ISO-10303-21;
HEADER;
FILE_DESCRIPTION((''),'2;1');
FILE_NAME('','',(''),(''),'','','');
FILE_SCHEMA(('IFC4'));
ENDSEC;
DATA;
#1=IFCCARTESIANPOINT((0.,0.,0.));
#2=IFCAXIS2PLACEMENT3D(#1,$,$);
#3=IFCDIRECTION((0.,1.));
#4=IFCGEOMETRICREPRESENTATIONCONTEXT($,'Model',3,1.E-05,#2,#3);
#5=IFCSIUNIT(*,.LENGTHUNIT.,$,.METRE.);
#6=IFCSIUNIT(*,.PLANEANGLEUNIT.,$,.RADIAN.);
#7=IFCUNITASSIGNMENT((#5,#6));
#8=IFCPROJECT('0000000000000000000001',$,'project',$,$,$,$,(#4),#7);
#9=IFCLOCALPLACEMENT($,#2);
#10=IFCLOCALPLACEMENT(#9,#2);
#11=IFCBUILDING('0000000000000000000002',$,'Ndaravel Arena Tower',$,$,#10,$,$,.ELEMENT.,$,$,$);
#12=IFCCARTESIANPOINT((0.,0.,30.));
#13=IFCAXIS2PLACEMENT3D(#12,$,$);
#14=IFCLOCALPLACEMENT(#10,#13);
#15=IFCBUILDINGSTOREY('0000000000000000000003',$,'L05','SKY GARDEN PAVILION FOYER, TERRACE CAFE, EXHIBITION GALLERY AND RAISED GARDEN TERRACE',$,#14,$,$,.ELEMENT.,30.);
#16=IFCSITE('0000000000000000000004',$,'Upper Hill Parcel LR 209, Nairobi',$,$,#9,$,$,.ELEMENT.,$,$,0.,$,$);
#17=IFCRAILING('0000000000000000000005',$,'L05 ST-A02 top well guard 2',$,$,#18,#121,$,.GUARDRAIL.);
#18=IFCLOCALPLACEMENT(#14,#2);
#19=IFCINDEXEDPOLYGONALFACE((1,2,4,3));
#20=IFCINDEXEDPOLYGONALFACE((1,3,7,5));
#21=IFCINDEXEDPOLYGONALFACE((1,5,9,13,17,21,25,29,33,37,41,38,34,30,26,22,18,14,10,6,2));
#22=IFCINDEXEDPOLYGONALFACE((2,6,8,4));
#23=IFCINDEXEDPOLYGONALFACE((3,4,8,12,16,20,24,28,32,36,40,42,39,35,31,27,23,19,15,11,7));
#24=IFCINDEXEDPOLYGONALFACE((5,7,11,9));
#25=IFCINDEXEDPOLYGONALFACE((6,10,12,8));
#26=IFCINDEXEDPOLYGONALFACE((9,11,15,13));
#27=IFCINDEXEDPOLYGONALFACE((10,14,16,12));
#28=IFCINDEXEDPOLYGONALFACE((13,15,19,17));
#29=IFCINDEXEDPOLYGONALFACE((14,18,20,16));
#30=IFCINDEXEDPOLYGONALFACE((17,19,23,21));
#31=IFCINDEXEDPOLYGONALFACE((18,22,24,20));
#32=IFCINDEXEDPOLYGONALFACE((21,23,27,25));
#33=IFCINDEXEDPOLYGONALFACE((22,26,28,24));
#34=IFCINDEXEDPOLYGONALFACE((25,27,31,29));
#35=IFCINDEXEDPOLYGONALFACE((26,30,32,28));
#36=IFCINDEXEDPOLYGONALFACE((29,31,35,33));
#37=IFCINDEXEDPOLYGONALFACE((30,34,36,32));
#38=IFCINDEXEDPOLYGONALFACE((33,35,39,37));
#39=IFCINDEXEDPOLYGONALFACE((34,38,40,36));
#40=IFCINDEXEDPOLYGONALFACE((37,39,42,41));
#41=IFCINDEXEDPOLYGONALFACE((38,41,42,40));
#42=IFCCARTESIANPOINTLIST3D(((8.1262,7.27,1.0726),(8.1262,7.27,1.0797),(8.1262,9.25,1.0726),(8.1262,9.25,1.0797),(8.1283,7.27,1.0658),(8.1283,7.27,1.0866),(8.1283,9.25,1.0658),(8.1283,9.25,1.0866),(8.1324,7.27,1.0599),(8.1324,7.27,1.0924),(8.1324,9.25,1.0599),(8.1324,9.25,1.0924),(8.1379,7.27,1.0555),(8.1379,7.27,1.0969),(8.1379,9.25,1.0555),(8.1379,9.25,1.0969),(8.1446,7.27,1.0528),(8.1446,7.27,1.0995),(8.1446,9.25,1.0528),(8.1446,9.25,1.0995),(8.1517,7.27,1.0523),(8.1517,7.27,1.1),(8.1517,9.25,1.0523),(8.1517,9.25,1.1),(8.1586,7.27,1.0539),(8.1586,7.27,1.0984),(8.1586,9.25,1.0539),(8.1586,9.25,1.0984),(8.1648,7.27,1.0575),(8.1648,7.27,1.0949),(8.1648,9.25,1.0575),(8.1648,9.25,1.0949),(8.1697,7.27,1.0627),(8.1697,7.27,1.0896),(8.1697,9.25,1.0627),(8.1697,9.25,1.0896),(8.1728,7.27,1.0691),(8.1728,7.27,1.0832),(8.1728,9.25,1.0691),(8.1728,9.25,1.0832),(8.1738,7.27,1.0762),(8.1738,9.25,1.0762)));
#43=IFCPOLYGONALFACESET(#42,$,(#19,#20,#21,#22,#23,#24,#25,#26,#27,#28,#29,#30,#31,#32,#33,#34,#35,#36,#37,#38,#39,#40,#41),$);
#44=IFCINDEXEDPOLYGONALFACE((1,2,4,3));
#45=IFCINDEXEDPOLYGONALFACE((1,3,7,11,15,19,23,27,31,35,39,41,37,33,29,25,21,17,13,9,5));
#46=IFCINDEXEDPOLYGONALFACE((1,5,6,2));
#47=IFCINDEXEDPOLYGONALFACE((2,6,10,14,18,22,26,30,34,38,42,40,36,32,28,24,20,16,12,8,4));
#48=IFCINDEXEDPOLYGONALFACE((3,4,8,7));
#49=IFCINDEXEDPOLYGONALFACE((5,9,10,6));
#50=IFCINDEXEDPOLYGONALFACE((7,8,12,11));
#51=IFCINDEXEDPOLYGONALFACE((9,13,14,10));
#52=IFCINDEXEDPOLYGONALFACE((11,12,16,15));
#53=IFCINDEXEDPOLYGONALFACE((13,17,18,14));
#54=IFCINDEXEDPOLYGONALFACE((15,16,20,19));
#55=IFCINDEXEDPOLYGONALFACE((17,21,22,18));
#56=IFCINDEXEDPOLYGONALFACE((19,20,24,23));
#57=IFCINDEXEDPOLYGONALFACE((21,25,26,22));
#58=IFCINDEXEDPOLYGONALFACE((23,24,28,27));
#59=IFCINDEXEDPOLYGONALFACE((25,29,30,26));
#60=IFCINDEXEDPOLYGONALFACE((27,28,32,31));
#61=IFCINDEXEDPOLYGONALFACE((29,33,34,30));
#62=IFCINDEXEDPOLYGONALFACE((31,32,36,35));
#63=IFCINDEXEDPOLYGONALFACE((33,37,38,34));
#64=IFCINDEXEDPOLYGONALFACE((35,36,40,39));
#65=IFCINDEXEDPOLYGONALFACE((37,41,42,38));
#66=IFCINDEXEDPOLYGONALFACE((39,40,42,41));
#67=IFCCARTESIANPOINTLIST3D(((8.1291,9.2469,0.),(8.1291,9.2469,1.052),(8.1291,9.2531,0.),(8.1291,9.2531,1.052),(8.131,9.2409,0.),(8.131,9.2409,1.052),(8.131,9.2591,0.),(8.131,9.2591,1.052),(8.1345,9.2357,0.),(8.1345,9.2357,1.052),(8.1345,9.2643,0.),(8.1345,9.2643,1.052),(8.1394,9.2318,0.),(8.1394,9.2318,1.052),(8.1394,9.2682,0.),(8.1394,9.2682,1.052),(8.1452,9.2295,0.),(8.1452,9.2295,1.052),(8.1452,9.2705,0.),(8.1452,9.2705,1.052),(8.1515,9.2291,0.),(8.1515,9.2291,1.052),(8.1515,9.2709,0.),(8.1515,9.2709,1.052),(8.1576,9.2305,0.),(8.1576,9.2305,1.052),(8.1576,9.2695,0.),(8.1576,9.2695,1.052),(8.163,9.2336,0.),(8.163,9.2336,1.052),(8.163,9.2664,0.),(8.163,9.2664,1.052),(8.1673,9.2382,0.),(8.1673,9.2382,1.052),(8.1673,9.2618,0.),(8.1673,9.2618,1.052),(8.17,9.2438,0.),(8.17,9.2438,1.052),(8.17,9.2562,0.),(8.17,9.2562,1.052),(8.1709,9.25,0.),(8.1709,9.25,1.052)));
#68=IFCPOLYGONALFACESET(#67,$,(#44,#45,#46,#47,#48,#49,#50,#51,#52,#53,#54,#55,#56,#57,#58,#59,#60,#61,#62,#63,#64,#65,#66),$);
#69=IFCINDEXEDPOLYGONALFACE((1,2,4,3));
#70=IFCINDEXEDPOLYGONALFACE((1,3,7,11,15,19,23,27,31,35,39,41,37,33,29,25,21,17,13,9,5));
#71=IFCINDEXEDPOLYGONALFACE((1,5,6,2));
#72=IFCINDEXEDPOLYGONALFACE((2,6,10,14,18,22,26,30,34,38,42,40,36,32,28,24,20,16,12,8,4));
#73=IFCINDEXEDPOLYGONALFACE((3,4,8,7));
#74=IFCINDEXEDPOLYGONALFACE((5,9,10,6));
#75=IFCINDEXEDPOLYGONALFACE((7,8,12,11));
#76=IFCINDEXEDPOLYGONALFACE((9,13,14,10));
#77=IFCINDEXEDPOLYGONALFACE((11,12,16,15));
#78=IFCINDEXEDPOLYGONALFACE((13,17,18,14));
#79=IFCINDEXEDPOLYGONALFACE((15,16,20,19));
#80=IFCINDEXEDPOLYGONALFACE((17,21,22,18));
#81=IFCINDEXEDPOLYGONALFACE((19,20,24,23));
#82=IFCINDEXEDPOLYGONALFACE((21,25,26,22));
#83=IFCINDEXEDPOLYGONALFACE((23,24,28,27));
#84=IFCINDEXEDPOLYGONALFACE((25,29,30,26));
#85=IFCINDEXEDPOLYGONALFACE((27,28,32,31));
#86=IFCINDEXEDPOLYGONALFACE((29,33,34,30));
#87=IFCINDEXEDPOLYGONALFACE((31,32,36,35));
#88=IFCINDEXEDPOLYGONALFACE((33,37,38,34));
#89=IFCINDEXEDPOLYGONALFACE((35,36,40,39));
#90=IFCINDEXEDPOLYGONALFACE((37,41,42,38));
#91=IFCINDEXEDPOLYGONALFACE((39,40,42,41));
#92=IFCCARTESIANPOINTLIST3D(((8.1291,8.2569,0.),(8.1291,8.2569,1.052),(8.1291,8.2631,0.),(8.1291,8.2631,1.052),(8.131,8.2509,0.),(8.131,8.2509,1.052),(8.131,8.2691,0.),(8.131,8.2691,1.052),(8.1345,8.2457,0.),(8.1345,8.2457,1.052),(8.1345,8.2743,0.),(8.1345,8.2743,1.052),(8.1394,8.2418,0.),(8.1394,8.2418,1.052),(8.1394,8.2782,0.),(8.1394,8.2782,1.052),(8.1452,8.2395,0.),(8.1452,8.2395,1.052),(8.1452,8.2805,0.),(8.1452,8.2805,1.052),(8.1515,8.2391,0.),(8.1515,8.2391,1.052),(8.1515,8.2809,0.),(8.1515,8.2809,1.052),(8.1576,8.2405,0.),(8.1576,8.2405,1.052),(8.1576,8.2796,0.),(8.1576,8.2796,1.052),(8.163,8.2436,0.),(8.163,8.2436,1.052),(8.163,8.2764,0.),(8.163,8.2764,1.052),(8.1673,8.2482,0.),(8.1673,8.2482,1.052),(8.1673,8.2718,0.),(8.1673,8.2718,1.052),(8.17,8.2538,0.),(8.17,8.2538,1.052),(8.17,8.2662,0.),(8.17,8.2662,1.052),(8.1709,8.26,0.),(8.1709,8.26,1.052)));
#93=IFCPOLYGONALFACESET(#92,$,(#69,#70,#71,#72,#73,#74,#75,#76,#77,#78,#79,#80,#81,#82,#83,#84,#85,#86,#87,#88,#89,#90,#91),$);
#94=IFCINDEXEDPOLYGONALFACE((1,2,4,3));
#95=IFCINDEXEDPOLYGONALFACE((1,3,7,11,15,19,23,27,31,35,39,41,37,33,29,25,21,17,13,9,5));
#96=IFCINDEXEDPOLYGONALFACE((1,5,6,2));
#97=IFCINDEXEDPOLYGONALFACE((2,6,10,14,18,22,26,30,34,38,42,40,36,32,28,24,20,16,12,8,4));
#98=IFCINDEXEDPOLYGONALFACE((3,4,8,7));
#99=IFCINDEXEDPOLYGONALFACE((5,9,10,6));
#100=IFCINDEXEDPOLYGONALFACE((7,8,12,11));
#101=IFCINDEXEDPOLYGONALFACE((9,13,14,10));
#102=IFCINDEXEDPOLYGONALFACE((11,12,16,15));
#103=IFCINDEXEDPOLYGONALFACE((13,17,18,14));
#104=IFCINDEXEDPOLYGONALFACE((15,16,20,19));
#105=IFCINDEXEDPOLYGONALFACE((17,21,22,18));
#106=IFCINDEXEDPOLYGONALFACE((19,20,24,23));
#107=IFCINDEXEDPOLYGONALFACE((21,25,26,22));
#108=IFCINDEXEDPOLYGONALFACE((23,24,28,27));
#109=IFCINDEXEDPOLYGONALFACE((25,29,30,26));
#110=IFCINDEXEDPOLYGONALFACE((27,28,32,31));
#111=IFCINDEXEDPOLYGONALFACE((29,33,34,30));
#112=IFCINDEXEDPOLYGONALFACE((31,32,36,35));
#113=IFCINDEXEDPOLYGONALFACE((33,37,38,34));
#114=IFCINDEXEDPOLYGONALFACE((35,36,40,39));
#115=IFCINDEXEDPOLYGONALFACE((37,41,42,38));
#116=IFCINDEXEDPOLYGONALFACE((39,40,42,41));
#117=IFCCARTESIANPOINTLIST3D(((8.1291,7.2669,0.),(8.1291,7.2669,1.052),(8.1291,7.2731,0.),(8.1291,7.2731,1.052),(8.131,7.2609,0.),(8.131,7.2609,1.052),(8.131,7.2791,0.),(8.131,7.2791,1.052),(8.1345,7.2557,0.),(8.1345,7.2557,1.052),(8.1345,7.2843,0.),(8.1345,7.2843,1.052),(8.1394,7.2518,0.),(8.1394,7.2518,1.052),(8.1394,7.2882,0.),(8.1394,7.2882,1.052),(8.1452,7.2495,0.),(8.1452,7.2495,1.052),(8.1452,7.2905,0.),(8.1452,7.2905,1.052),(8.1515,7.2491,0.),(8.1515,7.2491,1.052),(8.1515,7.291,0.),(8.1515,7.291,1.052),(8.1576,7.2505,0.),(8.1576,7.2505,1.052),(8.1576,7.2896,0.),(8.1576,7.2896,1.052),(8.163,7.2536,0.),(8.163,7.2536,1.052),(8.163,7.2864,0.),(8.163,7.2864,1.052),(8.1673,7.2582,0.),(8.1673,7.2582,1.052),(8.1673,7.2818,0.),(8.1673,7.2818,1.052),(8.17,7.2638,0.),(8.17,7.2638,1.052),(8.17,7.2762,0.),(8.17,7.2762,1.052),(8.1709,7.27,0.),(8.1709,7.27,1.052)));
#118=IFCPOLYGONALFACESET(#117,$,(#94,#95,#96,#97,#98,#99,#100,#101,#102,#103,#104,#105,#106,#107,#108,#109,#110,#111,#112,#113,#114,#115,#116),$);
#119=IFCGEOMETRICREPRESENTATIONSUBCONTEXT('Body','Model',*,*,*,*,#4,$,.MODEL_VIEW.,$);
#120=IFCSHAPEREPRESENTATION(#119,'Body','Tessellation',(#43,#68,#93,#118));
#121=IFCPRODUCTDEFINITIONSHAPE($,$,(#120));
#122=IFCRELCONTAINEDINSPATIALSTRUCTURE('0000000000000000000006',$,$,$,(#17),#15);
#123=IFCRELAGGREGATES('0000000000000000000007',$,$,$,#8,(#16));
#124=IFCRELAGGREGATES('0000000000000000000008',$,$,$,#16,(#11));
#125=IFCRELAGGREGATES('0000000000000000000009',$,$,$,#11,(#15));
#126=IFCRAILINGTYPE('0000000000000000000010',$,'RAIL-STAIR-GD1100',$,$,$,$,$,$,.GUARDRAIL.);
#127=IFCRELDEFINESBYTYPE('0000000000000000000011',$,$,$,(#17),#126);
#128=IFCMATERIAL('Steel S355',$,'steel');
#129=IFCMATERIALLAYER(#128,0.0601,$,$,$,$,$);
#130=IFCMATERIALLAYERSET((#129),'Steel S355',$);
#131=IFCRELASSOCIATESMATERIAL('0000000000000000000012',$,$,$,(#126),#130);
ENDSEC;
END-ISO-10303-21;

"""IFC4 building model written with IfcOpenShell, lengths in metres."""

from ifc_helpers import new_model, si_unit, direction, frame, origin, origin_2d, place, context, subcontext, project, spatial, circle, extrude, material, layer, layer_set, type_object, element, save


model = new_model("IFC4")

# Units and contexts
model_context = context("Model", 3, precision=1e-05, world=origin(), true_north=direction((0.0, 1.0)))
body_context = subcontext(model_context, "Body", "Model", "MODEL_VIEW")
ifc_project = project(units=[si_unit("LENGTHUNIT", "METRE"), si_unit("PLANEANGLEUNIT", "RADIAN")], contexts=[model_context])

# Site, building, storey
site_placement = place(None, origin())
site = spatial("IfcSite", under=ifc_project, at=site_placement, Name="Upper Hill Parcel LR 209, Nairobi", CompositionType="ELEMENT", RefElevation=0.0)
building_placement = place(site_placement, origin())
building = spatial("IfcBuilding", under=site, at=building_placement, Name="Ndaravel Arena Tower", CompositionType="ELEMENT")
storey_placement = place(building_placement, frame((0.0, 0.0, 30.0)))
storey = spatial("IfcBuildingStorey", under=building, at=storey_placement, Name="L05", Description="SKY GARDEN PAVILION FOYER, TERRACE CAFE, EXHIBITION GALLERY AND RAISED GARDEN TERRACE", CompositionType="ELEMENT", Elevation=30.0)

# Railing
ifc_material_1 = material(Name="Steel S355", Category="steel")
ifc_layer_1 = layer(ifc_material_1, 0.0601)
ifc_layer_set_1 = layer_set([ifc_layer_1], Name="Steel S355")
railing_type_1 = type_object("IfcRailingType", Name="RAIL-STAIR-GD1100", PredefinedType="GUARDRAIL", material=ifc_layer_set_1)
for number, where, name in (
    (1, (8.1499, 9.25, 0.0), "L05 ST-A02 top well guard 2"),
):
    element("IfcRailing", number, at=place(storey_placement, frame(where)), inside=storey, type_object=railing_type_1, Name=name, PredefinedType="GUARDRAIL", context=body_context, shape_type="SweptSolid", body=[
        extrude(circle(Radius=0.0239, at=origin_2d()), frame((0.0, 0.0, 1.0762), z_axis=(0.0, -1.0, 0.0), x_axis=(1.0, 0.0, 0.0)), (0.0, 0.0, 1.0), 1.98),
        extrude(circle(Radius=0.021, at=origin_2d()), origin(), (0.0, 0.0, 1.0), 1.052),
        extrude(circle(Radius=0.021, at=origin_2d()), frame((0.0, -0.99, 0.0)), (0.0, 0.0, 1.0), 1.052),
        extrude(circle(Radius=0.021, at=origin_2d()), frame((0.0, -1.98, 0.0)), (0.0, 0.0, 1.0), 1.052),
    ])

save(model, "model.ifc")
